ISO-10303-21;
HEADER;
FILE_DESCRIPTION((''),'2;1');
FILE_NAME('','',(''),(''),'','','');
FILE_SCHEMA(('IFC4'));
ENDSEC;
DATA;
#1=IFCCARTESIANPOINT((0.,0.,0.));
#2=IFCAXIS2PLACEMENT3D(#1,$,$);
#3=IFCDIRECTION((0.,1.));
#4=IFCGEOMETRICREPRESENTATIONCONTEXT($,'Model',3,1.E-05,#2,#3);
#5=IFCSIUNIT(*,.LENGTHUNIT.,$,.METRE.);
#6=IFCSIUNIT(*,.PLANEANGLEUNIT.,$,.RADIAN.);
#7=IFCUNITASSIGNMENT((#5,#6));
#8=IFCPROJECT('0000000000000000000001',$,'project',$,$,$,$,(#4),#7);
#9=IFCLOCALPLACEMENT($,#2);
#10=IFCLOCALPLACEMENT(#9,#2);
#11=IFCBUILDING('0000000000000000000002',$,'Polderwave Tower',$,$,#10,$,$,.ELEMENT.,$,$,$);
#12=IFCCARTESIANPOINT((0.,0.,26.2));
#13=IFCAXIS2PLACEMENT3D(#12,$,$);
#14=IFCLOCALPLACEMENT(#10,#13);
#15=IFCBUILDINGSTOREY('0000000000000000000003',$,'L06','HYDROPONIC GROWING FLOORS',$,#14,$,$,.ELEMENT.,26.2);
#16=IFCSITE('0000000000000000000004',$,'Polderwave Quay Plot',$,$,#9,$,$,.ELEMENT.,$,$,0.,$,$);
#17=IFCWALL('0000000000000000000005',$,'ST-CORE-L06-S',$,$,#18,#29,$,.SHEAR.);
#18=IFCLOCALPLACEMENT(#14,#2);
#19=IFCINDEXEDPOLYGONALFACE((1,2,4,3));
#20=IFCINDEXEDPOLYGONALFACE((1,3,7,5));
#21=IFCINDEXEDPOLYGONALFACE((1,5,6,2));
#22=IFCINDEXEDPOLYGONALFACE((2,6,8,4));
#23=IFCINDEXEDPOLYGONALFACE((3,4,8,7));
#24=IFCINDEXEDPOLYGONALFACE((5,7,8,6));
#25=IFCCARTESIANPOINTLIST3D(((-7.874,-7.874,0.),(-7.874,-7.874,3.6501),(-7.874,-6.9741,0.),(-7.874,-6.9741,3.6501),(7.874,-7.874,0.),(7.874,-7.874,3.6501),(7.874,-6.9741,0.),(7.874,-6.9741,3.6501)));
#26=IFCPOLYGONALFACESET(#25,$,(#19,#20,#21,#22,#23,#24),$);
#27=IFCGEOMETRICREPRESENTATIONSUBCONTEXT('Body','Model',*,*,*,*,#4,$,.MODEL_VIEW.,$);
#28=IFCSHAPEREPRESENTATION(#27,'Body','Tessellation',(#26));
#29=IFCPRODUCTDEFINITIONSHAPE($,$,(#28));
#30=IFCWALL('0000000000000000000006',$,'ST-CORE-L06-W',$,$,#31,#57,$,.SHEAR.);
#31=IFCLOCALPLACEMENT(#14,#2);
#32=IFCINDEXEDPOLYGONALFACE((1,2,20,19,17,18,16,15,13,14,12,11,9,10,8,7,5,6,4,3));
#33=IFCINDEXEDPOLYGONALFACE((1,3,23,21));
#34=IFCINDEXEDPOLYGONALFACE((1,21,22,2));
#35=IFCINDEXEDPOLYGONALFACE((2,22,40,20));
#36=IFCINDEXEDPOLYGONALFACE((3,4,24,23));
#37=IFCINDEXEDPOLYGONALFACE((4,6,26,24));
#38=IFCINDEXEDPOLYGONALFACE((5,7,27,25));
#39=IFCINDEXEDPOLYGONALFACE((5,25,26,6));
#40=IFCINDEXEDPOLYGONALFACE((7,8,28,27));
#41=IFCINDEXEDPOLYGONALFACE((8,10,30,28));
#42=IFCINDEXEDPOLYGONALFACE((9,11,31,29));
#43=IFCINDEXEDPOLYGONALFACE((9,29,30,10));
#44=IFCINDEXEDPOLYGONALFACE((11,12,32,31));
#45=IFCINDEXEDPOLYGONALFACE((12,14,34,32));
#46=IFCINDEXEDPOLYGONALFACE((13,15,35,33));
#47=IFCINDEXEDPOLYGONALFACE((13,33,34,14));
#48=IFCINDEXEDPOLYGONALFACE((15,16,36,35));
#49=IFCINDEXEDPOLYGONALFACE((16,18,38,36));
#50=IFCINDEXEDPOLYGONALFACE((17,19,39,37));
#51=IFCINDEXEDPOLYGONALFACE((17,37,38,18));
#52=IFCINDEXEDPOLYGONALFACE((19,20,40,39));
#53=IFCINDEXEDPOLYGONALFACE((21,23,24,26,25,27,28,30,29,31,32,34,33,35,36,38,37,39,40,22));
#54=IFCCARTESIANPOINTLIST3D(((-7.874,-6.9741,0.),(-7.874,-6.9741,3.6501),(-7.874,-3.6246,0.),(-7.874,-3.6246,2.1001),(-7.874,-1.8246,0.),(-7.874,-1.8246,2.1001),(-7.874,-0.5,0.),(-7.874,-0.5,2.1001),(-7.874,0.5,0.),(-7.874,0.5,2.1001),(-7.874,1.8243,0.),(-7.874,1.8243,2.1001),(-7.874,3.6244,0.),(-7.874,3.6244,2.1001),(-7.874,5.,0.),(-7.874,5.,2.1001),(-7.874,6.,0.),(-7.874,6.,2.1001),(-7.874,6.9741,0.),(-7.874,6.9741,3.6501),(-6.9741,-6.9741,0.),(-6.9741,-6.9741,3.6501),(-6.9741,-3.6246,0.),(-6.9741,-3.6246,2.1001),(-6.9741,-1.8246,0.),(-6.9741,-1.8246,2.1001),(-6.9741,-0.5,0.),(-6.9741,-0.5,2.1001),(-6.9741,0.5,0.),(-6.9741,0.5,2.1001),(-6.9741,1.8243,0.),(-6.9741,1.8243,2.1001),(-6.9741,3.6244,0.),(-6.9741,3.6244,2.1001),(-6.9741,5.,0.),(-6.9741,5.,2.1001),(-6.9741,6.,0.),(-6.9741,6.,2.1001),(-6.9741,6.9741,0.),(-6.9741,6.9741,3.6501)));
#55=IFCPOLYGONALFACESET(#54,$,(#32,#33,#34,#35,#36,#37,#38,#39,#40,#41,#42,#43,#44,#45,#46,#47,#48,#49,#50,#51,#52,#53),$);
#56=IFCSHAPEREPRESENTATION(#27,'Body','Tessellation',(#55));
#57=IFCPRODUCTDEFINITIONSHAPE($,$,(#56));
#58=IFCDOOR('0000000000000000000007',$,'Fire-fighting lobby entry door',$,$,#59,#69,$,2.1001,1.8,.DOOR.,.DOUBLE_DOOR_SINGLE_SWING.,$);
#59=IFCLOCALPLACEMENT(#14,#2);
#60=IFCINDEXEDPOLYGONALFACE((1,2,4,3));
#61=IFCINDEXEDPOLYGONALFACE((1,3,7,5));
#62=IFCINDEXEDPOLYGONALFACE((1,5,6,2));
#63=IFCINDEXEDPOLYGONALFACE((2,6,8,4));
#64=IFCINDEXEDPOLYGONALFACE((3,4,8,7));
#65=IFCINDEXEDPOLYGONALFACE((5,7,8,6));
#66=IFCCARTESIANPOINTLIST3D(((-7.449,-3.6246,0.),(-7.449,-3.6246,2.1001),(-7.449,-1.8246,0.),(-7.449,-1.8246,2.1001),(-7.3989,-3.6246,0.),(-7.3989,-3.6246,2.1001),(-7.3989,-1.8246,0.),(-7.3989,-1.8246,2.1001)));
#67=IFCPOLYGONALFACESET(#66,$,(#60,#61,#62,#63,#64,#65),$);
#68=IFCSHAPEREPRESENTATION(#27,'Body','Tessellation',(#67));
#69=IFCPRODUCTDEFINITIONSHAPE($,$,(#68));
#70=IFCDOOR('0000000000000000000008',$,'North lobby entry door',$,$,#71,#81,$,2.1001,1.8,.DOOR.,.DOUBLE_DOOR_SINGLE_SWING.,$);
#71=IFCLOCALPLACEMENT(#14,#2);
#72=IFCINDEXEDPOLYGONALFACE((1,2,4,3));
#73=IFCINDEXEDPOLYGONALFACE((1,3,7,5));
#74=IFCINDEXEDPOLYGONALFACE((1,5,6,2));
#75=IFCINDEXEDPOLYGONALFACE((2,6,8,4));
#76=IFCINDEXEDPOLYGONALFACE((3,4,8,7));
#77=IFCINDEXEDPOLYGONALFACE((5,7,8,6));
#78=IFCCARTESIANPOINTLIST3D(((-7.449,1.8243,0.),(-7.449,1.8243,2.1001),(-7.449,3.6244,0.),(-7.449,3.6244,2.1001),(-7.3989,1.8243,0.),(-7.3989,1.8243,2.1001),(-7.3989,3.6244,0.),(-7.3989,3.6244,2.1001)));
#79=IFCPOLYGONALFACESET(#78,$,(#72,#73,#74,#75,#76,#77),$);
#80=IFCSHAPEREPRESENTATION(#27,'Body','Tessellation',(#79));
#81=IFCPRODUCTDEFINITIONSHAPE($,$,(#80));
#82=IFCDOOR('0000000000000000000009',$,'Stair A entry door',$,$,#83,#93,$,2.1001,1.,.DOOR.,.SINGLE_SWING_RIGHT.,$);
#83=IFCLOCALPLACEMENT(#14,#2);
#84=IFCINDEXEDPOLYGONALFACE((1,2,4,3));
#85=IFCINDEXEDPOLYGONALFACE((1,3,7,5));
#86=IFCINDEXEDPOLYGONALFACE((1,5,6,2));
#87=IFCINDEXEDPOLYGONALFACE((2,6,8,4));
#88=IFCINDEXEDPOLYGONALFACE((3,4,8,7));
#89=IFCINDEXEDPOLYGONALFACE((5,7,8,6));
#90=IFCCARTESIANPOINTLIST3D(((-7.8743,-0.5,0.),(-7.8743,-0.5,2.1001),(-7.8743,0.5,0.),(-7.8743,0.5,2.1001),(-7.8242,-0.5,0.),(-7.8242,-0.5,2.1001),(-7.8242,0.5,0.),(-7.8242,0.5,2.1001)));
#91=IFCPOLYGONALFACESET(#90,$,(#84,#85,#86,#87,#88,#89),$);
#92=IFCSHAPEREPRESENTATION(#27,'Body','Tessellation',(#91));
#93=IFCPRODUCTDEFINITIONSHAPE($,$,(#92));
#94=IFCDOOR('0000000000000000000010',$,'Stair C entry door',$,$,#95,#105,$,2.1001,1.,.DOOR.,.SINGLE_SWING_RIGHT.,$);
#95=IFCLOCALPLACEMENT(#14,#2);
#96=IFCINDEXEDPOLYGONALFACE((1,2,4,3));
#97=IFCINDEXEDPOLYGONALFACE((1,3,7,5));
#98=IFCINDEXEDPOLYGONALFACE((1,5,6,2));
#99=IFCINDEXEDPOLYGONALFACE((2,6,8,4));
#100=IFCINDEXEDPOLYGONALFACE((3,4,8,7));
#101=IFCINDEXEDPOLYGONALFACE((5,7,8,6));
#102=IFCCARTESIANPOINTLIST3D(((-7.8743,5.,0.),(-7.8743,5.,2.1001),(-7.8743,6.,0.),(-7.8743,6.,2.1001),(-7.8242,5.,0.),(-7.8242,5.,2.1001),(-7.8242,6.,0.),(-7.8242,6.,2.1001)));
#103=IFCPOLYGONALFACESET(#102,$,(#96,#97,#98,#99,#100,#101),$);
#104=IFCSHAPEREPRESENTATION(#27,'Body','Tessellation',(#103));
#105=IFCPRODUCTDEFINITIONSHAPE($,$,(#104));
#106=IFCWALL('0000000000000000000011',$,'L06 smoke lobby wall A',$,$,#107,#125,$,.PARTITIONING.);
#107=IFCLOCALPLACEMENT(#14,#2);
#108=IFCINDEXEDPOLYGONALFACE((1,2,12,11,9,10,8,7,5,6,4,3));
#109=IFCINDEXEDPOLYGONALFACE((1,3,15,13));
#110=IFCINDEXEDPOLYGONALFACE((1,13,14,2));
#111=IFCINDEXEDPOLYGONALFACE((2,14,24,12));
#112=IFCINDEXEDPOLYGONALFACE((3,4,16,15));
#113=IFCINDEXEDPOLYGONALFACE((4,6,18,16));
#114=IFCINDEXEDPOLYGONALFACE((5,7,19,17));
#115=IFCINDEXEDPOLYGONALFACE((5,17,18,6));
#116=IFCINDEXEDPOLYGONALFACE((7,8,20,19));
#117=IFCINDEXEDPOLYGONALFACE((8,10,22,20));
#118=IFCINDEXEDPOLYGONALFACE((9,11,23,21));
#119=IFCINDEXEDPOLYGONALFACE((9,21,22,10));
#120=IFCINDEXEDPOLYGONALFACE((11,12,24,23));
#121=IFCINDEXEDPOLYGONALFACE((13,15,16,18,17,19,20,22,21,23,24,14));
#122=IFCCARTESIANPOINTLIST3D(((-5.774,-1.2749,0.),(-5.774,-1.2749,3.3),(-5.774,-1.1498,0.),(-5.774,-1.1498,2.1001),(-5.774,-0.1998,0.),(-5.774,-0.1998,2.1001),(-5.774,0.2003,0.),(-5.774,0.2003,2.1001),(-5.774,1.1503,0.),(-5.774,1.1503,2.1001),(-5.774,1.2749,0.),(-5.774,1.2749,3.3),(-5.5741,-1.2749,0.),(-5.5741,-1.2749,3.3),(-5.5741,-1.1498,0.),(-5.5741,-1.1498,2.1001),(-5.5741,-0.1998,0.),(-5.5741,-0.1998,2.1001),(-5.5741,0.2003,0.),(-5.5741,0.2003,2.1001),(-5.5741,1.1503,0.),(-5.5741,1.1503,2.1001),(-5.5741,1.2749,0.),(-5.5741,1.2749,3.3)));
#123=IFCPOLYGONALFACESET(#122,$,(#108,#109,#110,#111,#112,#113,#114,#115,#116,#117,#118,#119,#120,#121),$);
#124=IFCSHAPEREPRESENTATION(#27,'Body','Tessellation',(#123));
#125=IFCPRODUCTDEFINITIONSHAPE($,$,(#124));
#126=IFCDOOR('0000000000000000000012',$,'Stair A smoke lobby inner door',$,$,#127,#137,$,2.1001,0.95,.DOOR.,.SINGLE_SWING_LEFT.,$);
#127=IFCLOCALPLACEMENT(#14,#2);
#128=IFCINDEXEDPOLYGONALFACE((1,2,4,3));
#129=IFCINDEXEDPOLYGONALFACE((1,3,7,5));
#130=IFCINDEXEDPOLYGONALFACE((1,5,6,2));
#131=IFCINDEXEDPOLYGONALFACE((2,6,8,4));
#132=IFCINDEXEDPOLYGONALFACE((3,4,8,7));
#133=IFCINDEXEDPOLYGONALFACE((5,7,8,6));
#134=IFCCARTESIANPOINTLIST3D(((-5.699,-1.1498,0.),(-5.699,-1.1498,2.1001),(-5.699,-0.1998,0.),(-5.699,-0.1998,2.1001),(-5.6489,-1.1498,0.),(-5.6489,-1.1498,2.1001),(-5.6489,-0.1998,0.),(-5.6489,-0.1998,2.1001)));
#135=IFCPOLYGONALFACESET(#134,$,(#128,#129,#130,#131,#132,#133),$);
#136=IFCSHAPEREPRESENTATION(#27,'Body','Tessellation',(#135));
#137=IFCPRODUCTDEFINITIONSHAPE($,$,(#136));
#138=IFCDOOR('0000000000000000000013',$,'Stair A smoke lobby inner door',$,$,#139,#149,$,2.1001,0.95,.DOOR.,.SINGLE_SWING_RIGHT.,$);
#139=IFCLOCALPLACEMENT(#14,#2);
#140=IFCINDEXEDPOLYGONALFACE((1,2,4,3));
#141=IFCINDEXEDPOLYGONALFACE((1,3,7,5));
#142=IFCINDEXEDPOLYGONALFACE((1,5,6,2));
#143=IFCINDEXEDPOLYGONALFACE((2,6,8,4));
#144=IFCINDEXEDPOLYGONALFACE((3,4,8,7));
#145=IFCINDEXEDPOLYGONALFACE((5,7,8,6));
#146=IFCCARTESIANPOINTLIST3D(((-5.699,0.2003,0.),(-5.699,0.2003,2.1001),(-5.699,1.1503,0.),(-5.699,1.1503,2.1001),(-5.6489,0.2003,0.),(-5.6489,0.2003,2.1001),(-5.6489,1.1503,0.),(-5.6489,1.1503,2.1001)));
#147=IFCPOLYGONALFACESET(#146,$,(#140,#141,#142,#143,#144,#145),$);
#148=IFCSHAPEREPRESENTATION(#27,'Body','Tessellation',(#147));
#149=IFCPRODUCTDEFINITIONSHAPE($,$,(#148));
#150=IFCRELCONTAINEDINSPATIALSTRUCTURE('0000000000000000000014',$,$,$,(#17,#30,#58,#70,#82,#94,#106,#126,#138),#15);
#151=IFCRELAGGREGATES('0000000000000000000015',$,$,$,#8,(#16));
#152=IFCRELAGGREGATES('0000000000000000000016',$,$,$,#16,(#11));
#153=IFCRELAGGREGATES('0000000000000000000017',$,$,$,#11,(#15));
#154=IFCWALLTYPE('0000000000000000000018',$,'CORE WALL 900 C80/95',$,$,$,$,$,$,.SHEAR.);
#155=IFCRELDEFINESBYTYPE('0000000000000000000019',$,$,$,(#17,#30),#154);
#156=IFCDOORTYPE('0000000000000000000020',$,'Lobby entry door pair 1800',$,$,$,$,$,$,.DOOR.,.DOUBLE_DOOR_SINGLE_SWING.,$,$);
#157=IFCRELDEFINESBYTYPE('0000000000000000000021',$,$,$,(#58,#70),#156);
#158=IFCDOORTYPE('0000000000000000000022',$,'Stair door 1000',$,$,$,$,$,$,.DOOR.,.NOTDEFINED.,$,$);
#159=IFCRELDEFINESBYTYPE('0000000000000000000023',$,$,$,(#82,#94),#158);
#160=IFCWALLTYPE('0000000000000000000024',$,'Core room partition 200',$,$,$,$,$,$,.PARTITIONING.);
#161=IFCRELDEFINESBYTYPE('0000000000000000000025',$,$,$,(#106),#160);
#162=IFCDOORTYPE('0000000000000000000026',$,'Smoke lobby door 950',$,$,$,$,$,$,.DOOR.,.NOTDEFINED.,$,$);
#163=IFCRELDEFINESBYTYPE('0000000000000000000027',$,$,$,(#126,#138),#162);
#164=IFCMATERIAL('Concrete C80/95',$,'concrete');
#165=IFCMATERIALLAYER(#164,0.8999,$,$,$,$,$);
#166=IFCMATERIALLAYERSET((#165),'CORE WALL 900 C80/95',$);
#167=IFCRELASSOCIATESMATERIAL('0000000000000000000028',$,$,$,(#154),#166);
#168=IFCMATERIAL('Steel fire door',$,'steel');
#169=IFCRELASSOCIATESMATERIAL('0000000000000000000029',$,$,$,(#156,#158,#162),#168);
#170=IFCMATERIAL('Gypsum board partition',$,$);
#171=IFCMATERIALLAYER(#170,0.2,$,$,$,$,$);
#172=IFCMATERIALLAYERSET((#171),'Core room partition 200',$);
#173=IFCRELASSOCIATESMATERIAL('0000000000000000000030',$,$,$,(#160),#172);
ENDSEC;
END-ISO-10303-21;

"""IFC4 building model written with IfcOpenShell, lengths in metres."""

from ifc_helpers import new_model, si_unit, direction, frame, frame_2d, origin, place, context, subcontext, project, spatial, rectangle, extrude, material, layer, layer_set, type_object, element, fill, save


model = new_model("IFC4")

# Units and contexts
model_context = context("Model", 3, precision=1e-05, world=origin(), true_north=direction((0.0, 1.0)))
body_context = subcontext(model_context, "Body", "Model", "MODEL_VIEW")
ifc_project = project(units=[si_unit("LENGTHUNIT", "METRE"), si_unit("PLANEANGLEUNIT", "RADIAN")], contexts=[model_context])

# Site, building, storey
site_placement = place(None, origin())
site = spatial("IfcSite", under=ifc_project, at=site_placement, Name="Polderwave Quay Plot", CompositionType="ELEMENT", RefElevation=0.0)
building_placement = place(site_placement, origin())
building = spatial("IfcBuilding", under=site, at=building_placement, Name="Polderwave Tower", CompositionType="ELEMENT")
storey_placement = place(building_placement, frame((0.0, 0.0, 26.2)))
storey = spatial("IfcBuildingStorey", under=building, at=storey_placement, Name="L06", Description="HYDROPONIC GROWING FLOORS", CompositionType="ELEMENT", Elevation=26.2)

# Wall
ifc_material_1 = material(Name="Concrete C80/95", Category="concrete")
ifc_layer_1 = layer(ifc_material_1, 0.8999)
ifc_layer_set_1 = layer_set([ifc_layer_1], Name="CORE WALL 900 C80/95")
wall_type_1 = type_object("IfcWallType", Name="CORE WALL 900 C80/95", PredefinedType="SHEAR", material=ifc_layer_set_1)
wall_1_placement = place(storey_placement, frame((-7.874, -7.4241, 0.0), z_axis=(0.0, 0.0, 1.0), x_axis=(1.0, 0.0, 0.0)))
element("IfcWall", 1, at=wall_1_placement, inside=storey, type_object=wall_type_1, Name="ST-CORE-L06-S", PredefinedType="SHEAR", context=body_context, shape_type="SweptSolid", body=[
    extrude(rectangle(XDim=15.748, YDim=0.8999, at=frame_2d((7.874, 0.0))), origin(), (0.0, 0.0, 1.0), 3.6501),
])

# Walls, openings, doors
wall_2_placement = place(storey_placement, frame((-7.4241, -6.9741, 0.0), z_axis=(0.0, 0.0, 1.0), x_axis=(0.0, 1.0, 0.0)))
wall_2 = element("IfcWall", 2, at=wall_2_placement, inside=storey, type_object=wall_type_1, Name="ST-CORE-L06-W", PredefinedType="SHEAR", context=body_context, shape_type="SweptSolid", body=[
    extrude(rectangle(XDim=13.9482, YDim=0.8999, at=frame_2d((6.9741, 0.0))), origin(), (0.0, 0.0, 1.0), 3.6501),
])
opening_1_placement = place(wall_2_placement, frame((6.4741, 0.0, 0.0)))
opening_1 = element("IfcOpeningElement", 3, at=opening_1_placement, cuts=wall_2, PredefinedType="OPENING", context=body_context, shape_type="SweptSolid", body=[
    extrude(rectangle(XDim=1.0, YDim=2.1001, at=frame_2d((0.5, 1.05))), frame((0.0, 0.46, 0.0), z_axis=(0.0, -1.0, 0.0), x_axis=(1.0, 0.0, 0.0)), (0.0, 0.0, 1.0), 0.9199),
])
opening_2_placement = place(wall_2_placement, frame((3.3496, 0.0, 0.0)))
opening_2 = element("IfcOpeningElement", 4, at=opening_2_placement, cuts=wall_2, PredefinedType="OPENING", context=body_context, shape_type="SweptSolid", body=[
    extrude(rectangle(XDim=1.8, YDim=2.1001, at=frame_2d((0.8999, 1.05))), frame((0.0, 0.46, 0.0), z_axis=(0.0, -1.0, 0.0), x_axis=(1.0, 0.0, 0.0)), (0.0, 0.0, 1.0), 0.9199),
])
opening_3_placement = place(wall_2_placement, frame((8.7986, 0.0, 0.0)))
opening_3 = element("IfcOpeningElement", 5, at=opening_3_placement, cuts=wall_2, PredefinedType="OPENING", context=body_context, shape_type="SweptSolid", body=[
    extrude(rectangle(XDim=1.8, YDim=2.1001, at=frame_2d((0.8999, 1.05))), frame((0.0, 0.46, 0.0), z_axis=(0.0, -1.0, 0.0), x_axis=(1.0, 0.0, 0.0)), (0.0, 0.0, 1.0), 0.9199),
])
opening_4_placement = place(wall_2_placement, frame((11.9741, 0.0, 0.0)))
opening_4 = element("IfcOpeningElement", 6, at=opening_4_placement, cuts=wall_2, PredefinedType="OPENING", context=body_context, shape_type="SweptSolid", body=[
    extrude(rectangle(XDim=1.0, YDim=2.1001, at=frame_2d((0.5, 1.05))), frame((0.0, 0.46, 0.0), z_axis=(0.0, -1.0, 0.0), x_axis=(1.0, 0.0, 0.0)), (0.0, 0.0, 1.0), 0.9199),
])
ifc_material_2 = material(Name="Steel fire door", Category="steel")
door_type_1 = type_object("IfcDoorType", Name="Lobby entry door pair 1800", OperationType="DOUBLE_DOOR_SINGLE_SWING", PredefinedType="DOOR", material=ifc_material_2)
door_1_placement = place(opening_2_placement, origin())
door_1 = element("IfcDoor", 7, at=door_1_placement, inside=storey, type_object=door_type_1, Name="Fire-fighting lobby entry door", OperationType="DOUBLE_DOOR_SINGLE_SWING", OverallHeight=2.1001, OverallWidth=1.8, PredefinedType="DOOR", context=body_context, shape_type="SweptSolid", body=[
    extrude(rectangle(XDim=1.8, YDim=2.1001, at=frame_2d((0.8999, 1.05))), frame((0.0, 0.0249, 0.0), z_axis=(0.0, -1.0, 0.0), x_axis=(1.0, 0.0, 0.0)), (0.0, 0.0, 1.0), 0.05),
])
fill(opening_2, door_1)
door_2_placement = place(opening_3_placement, origin())
door_2 = element("IfcDoor", 8, at=door_2_placement, inside=storey, type_object=door_type_1, Name="North lobby entry door", OperationType="DOUBLE_DOOR_SINGLE_SWING", OverallHeight=2.1001, OverallWidth=1.8, PredefinedType="DOOR", context=body_context, shape_type="SweptSolid", body=[
    extrude(rectangle(XDim=1.8, YDim=2.1001, at=frame_2d((0.8999, 1.05))), frame((0.0, 0.0249, 0.0), z_axis=(0.0, -1.0, 0.0), x_axis=(1.0, 0.0, 0.0)), (0.0, 0.0, 1.0), 0.05),
])
fill(opening_3, door_2)
door_type_2 = type_object("IfcDoorType", Name="Stair door 1000", OperationType="NOTDEFINED", PredefinedType="DOOR", material=ifc_material_2)
door_3_placement = place(opening_1_placement, origin())
door_3 = element("IfcDoor", 9, at=door_3_placement, inside=storey, type_object=door_type_2, Name="Stair A entry door", OperationType="SINGLE_SWING_RIGHT", OverallHeight=2.1001, OverallWidth=1.0, PredefinedType="DOOR", context=body_context, shape_type="SweptSolid", body=[
    extrude(rectangle(XDim=1.0, YDim=2.1001, at=frame_2d((0.5, 1.05))), frame((0.0, 0.4502, 0.0), z_axis=(0.0, -1.0, 0.0), x_axis=(1.0, 0.0, 0.0)), (0.0, 0.0, 1.0), 0.05),
])
fill(opening_1, door_3)
door_4_placement = place(opening_4_placement, origin())
door_4 = element("IfcDoor", 10, at=door_4_placement, inside=storey, type_object=door_type_2, Name="Stair C entry door", OperationType="SINGLE_SWING_RIGHT", OverallHeight=2.1001, OverallWidth=1.0, PredefinedType="DOOR", context=body_context, shape_type="SweptSolid", body=[
    extrude(rectangle(XDim=1.0, YDim=2.1001, at=frame_2d((0.5, 1.05))), frame((0.0, 0.4502, 0.0), z_axis=(0.0, -1.0, 0.0), x_axis=(1.0, 0.0, 0.0)), (0.0, 0.0, 1.0), 0.05),
])
fill(opening_4, door_4)
ifc_material_3 = material(Name="Gypsum board partition")
ifc_layer_2 = layer(ifc_material_3, 0.2)
ifc_layer_set_2 = layer_set([ifc_layer_2], Name="Core room partition 200")
wall_type_2 = type_object("IfcWallType", Name="Core room partition 200", PredefinedType="PARTITIONING", material=ifc_layer_set_2)
wall_3_placement = place(storey_placement, frame((-5.6741, -1.2749, 0.0), z_axis=(0.0, 0.0, 1.0), x_axis=(0.0, 1.0, 0.0)))
wall_3 = element("IfcWall", 11, at=wall_3_placement, inside=storey, type_object=wall_type_2, Name="L06 smoke lobby wall A", PredefinedType="PARTITIONING", context=body_context, shape_type="SweptSolid", body=[
    extrude(rectangle(XDim=2.5498, YDim=0.2, at=frame_2d((1.2749, 0.0))), origin(), (0.0, 0.0, 1.0), 3.3),
])
opening_5_placement = place(wall_3_placement, frame((0.125, 0.0, 0.0)))
opening_5 = element("IfcOpeningElement", 12, at=opening_5_placement, cuts=wall_3, PredefinedType="OPENING", context=body_context, shape_type="SweptSolid", body=[
    extrude(rectangle(XDim=0.95, YDim=2.1001, at=frame_2d((0.4751, 1.05))), frame((0.0, 0.1099, 0.0), z_axis=(0.0, -1.0, 0.0), x_axis=(1.0, 0.0, 0.0)), (0.0, 0.0, 1.0), 0.22),
])
opening_6_placement = place(wall_3_placement, frame((1.4751, 0.0, 0.0)))
opening_6 = element("IfcOpeningElement", 13, at=opening_6_placement, cuts=wall_3, PredefinedType="OPENING", context=body_context, shape_type="SweptSolid", body=[
    extrude(rectangle(XDim=0.95, YDim=2.1001, at=frame_2d((0.4751, 1.05))), frame((0.0, 0.1099, 0.0), z_axis=(0.0, -1.0, 0.0), x_axis=(1.0, 0.0, 0.0)), (0.0, 0.0, 1.0), 0.22),
])
door_type_3 = type_object("IfcDoorType", Name="Smoke lobby door 950", OperationType="NOTDEFINED", PredefinedType="DOOR", material=ifc_material_2)
door_5_placement = place(opening_5_placement, origin())
door_5 = element("IfcDoor", 14, at=door_5_placement, inside=storey, type_object=door_type_3, Name="Stair A smoke lobby inner door", OperationType="SINGLE_SWING_LEFT", OverallHeight=2.1001, OverallWidth=0.95, PredefinedType="DOOR", context=body_context, shape_type="SweptSolid", body=[
    extrude(rectangle(XDim=0.95, YDim=2.1001, at=frame_2d((0.4751, 1.05))), frame((0.0, 0.0249, 0.0), z_axis=(0.0, -1.0, 0.0), x_axis=(1.0, 0.0, 0.0)), (0.0, 0.0, 1.0), 0.05),
])
fill(opening_5, door_5)
door_6_placement = place(opening_6_placement, origin())
door_6 = element("IfcDoor", 15, at=door_6_placement, inside=storey, type_object=door_type_3, Name="Stair A smoke lobby inner door", OperationType="SINGLE_SWING_RIGHT", OverallHeight=2.1001, OverallWidth=0.95, PredefinedType="DOOR", context=body_context, shape_type="SweptSolid", body=[
    extrude(rectangle(XDim=0.95, YDim=2.1001, at=frame_2d((0.4751, 1.05))), frame((0.0, 0.0249, 0.0), z_axis=(0.0, -1.0, 0.0), x_axis=(1.0, 0.0, 0.0)), (0.0, 0.0, 1.0), 0.05),
])
fill(opening_6, door_6)

save(model, "model.ifc")
